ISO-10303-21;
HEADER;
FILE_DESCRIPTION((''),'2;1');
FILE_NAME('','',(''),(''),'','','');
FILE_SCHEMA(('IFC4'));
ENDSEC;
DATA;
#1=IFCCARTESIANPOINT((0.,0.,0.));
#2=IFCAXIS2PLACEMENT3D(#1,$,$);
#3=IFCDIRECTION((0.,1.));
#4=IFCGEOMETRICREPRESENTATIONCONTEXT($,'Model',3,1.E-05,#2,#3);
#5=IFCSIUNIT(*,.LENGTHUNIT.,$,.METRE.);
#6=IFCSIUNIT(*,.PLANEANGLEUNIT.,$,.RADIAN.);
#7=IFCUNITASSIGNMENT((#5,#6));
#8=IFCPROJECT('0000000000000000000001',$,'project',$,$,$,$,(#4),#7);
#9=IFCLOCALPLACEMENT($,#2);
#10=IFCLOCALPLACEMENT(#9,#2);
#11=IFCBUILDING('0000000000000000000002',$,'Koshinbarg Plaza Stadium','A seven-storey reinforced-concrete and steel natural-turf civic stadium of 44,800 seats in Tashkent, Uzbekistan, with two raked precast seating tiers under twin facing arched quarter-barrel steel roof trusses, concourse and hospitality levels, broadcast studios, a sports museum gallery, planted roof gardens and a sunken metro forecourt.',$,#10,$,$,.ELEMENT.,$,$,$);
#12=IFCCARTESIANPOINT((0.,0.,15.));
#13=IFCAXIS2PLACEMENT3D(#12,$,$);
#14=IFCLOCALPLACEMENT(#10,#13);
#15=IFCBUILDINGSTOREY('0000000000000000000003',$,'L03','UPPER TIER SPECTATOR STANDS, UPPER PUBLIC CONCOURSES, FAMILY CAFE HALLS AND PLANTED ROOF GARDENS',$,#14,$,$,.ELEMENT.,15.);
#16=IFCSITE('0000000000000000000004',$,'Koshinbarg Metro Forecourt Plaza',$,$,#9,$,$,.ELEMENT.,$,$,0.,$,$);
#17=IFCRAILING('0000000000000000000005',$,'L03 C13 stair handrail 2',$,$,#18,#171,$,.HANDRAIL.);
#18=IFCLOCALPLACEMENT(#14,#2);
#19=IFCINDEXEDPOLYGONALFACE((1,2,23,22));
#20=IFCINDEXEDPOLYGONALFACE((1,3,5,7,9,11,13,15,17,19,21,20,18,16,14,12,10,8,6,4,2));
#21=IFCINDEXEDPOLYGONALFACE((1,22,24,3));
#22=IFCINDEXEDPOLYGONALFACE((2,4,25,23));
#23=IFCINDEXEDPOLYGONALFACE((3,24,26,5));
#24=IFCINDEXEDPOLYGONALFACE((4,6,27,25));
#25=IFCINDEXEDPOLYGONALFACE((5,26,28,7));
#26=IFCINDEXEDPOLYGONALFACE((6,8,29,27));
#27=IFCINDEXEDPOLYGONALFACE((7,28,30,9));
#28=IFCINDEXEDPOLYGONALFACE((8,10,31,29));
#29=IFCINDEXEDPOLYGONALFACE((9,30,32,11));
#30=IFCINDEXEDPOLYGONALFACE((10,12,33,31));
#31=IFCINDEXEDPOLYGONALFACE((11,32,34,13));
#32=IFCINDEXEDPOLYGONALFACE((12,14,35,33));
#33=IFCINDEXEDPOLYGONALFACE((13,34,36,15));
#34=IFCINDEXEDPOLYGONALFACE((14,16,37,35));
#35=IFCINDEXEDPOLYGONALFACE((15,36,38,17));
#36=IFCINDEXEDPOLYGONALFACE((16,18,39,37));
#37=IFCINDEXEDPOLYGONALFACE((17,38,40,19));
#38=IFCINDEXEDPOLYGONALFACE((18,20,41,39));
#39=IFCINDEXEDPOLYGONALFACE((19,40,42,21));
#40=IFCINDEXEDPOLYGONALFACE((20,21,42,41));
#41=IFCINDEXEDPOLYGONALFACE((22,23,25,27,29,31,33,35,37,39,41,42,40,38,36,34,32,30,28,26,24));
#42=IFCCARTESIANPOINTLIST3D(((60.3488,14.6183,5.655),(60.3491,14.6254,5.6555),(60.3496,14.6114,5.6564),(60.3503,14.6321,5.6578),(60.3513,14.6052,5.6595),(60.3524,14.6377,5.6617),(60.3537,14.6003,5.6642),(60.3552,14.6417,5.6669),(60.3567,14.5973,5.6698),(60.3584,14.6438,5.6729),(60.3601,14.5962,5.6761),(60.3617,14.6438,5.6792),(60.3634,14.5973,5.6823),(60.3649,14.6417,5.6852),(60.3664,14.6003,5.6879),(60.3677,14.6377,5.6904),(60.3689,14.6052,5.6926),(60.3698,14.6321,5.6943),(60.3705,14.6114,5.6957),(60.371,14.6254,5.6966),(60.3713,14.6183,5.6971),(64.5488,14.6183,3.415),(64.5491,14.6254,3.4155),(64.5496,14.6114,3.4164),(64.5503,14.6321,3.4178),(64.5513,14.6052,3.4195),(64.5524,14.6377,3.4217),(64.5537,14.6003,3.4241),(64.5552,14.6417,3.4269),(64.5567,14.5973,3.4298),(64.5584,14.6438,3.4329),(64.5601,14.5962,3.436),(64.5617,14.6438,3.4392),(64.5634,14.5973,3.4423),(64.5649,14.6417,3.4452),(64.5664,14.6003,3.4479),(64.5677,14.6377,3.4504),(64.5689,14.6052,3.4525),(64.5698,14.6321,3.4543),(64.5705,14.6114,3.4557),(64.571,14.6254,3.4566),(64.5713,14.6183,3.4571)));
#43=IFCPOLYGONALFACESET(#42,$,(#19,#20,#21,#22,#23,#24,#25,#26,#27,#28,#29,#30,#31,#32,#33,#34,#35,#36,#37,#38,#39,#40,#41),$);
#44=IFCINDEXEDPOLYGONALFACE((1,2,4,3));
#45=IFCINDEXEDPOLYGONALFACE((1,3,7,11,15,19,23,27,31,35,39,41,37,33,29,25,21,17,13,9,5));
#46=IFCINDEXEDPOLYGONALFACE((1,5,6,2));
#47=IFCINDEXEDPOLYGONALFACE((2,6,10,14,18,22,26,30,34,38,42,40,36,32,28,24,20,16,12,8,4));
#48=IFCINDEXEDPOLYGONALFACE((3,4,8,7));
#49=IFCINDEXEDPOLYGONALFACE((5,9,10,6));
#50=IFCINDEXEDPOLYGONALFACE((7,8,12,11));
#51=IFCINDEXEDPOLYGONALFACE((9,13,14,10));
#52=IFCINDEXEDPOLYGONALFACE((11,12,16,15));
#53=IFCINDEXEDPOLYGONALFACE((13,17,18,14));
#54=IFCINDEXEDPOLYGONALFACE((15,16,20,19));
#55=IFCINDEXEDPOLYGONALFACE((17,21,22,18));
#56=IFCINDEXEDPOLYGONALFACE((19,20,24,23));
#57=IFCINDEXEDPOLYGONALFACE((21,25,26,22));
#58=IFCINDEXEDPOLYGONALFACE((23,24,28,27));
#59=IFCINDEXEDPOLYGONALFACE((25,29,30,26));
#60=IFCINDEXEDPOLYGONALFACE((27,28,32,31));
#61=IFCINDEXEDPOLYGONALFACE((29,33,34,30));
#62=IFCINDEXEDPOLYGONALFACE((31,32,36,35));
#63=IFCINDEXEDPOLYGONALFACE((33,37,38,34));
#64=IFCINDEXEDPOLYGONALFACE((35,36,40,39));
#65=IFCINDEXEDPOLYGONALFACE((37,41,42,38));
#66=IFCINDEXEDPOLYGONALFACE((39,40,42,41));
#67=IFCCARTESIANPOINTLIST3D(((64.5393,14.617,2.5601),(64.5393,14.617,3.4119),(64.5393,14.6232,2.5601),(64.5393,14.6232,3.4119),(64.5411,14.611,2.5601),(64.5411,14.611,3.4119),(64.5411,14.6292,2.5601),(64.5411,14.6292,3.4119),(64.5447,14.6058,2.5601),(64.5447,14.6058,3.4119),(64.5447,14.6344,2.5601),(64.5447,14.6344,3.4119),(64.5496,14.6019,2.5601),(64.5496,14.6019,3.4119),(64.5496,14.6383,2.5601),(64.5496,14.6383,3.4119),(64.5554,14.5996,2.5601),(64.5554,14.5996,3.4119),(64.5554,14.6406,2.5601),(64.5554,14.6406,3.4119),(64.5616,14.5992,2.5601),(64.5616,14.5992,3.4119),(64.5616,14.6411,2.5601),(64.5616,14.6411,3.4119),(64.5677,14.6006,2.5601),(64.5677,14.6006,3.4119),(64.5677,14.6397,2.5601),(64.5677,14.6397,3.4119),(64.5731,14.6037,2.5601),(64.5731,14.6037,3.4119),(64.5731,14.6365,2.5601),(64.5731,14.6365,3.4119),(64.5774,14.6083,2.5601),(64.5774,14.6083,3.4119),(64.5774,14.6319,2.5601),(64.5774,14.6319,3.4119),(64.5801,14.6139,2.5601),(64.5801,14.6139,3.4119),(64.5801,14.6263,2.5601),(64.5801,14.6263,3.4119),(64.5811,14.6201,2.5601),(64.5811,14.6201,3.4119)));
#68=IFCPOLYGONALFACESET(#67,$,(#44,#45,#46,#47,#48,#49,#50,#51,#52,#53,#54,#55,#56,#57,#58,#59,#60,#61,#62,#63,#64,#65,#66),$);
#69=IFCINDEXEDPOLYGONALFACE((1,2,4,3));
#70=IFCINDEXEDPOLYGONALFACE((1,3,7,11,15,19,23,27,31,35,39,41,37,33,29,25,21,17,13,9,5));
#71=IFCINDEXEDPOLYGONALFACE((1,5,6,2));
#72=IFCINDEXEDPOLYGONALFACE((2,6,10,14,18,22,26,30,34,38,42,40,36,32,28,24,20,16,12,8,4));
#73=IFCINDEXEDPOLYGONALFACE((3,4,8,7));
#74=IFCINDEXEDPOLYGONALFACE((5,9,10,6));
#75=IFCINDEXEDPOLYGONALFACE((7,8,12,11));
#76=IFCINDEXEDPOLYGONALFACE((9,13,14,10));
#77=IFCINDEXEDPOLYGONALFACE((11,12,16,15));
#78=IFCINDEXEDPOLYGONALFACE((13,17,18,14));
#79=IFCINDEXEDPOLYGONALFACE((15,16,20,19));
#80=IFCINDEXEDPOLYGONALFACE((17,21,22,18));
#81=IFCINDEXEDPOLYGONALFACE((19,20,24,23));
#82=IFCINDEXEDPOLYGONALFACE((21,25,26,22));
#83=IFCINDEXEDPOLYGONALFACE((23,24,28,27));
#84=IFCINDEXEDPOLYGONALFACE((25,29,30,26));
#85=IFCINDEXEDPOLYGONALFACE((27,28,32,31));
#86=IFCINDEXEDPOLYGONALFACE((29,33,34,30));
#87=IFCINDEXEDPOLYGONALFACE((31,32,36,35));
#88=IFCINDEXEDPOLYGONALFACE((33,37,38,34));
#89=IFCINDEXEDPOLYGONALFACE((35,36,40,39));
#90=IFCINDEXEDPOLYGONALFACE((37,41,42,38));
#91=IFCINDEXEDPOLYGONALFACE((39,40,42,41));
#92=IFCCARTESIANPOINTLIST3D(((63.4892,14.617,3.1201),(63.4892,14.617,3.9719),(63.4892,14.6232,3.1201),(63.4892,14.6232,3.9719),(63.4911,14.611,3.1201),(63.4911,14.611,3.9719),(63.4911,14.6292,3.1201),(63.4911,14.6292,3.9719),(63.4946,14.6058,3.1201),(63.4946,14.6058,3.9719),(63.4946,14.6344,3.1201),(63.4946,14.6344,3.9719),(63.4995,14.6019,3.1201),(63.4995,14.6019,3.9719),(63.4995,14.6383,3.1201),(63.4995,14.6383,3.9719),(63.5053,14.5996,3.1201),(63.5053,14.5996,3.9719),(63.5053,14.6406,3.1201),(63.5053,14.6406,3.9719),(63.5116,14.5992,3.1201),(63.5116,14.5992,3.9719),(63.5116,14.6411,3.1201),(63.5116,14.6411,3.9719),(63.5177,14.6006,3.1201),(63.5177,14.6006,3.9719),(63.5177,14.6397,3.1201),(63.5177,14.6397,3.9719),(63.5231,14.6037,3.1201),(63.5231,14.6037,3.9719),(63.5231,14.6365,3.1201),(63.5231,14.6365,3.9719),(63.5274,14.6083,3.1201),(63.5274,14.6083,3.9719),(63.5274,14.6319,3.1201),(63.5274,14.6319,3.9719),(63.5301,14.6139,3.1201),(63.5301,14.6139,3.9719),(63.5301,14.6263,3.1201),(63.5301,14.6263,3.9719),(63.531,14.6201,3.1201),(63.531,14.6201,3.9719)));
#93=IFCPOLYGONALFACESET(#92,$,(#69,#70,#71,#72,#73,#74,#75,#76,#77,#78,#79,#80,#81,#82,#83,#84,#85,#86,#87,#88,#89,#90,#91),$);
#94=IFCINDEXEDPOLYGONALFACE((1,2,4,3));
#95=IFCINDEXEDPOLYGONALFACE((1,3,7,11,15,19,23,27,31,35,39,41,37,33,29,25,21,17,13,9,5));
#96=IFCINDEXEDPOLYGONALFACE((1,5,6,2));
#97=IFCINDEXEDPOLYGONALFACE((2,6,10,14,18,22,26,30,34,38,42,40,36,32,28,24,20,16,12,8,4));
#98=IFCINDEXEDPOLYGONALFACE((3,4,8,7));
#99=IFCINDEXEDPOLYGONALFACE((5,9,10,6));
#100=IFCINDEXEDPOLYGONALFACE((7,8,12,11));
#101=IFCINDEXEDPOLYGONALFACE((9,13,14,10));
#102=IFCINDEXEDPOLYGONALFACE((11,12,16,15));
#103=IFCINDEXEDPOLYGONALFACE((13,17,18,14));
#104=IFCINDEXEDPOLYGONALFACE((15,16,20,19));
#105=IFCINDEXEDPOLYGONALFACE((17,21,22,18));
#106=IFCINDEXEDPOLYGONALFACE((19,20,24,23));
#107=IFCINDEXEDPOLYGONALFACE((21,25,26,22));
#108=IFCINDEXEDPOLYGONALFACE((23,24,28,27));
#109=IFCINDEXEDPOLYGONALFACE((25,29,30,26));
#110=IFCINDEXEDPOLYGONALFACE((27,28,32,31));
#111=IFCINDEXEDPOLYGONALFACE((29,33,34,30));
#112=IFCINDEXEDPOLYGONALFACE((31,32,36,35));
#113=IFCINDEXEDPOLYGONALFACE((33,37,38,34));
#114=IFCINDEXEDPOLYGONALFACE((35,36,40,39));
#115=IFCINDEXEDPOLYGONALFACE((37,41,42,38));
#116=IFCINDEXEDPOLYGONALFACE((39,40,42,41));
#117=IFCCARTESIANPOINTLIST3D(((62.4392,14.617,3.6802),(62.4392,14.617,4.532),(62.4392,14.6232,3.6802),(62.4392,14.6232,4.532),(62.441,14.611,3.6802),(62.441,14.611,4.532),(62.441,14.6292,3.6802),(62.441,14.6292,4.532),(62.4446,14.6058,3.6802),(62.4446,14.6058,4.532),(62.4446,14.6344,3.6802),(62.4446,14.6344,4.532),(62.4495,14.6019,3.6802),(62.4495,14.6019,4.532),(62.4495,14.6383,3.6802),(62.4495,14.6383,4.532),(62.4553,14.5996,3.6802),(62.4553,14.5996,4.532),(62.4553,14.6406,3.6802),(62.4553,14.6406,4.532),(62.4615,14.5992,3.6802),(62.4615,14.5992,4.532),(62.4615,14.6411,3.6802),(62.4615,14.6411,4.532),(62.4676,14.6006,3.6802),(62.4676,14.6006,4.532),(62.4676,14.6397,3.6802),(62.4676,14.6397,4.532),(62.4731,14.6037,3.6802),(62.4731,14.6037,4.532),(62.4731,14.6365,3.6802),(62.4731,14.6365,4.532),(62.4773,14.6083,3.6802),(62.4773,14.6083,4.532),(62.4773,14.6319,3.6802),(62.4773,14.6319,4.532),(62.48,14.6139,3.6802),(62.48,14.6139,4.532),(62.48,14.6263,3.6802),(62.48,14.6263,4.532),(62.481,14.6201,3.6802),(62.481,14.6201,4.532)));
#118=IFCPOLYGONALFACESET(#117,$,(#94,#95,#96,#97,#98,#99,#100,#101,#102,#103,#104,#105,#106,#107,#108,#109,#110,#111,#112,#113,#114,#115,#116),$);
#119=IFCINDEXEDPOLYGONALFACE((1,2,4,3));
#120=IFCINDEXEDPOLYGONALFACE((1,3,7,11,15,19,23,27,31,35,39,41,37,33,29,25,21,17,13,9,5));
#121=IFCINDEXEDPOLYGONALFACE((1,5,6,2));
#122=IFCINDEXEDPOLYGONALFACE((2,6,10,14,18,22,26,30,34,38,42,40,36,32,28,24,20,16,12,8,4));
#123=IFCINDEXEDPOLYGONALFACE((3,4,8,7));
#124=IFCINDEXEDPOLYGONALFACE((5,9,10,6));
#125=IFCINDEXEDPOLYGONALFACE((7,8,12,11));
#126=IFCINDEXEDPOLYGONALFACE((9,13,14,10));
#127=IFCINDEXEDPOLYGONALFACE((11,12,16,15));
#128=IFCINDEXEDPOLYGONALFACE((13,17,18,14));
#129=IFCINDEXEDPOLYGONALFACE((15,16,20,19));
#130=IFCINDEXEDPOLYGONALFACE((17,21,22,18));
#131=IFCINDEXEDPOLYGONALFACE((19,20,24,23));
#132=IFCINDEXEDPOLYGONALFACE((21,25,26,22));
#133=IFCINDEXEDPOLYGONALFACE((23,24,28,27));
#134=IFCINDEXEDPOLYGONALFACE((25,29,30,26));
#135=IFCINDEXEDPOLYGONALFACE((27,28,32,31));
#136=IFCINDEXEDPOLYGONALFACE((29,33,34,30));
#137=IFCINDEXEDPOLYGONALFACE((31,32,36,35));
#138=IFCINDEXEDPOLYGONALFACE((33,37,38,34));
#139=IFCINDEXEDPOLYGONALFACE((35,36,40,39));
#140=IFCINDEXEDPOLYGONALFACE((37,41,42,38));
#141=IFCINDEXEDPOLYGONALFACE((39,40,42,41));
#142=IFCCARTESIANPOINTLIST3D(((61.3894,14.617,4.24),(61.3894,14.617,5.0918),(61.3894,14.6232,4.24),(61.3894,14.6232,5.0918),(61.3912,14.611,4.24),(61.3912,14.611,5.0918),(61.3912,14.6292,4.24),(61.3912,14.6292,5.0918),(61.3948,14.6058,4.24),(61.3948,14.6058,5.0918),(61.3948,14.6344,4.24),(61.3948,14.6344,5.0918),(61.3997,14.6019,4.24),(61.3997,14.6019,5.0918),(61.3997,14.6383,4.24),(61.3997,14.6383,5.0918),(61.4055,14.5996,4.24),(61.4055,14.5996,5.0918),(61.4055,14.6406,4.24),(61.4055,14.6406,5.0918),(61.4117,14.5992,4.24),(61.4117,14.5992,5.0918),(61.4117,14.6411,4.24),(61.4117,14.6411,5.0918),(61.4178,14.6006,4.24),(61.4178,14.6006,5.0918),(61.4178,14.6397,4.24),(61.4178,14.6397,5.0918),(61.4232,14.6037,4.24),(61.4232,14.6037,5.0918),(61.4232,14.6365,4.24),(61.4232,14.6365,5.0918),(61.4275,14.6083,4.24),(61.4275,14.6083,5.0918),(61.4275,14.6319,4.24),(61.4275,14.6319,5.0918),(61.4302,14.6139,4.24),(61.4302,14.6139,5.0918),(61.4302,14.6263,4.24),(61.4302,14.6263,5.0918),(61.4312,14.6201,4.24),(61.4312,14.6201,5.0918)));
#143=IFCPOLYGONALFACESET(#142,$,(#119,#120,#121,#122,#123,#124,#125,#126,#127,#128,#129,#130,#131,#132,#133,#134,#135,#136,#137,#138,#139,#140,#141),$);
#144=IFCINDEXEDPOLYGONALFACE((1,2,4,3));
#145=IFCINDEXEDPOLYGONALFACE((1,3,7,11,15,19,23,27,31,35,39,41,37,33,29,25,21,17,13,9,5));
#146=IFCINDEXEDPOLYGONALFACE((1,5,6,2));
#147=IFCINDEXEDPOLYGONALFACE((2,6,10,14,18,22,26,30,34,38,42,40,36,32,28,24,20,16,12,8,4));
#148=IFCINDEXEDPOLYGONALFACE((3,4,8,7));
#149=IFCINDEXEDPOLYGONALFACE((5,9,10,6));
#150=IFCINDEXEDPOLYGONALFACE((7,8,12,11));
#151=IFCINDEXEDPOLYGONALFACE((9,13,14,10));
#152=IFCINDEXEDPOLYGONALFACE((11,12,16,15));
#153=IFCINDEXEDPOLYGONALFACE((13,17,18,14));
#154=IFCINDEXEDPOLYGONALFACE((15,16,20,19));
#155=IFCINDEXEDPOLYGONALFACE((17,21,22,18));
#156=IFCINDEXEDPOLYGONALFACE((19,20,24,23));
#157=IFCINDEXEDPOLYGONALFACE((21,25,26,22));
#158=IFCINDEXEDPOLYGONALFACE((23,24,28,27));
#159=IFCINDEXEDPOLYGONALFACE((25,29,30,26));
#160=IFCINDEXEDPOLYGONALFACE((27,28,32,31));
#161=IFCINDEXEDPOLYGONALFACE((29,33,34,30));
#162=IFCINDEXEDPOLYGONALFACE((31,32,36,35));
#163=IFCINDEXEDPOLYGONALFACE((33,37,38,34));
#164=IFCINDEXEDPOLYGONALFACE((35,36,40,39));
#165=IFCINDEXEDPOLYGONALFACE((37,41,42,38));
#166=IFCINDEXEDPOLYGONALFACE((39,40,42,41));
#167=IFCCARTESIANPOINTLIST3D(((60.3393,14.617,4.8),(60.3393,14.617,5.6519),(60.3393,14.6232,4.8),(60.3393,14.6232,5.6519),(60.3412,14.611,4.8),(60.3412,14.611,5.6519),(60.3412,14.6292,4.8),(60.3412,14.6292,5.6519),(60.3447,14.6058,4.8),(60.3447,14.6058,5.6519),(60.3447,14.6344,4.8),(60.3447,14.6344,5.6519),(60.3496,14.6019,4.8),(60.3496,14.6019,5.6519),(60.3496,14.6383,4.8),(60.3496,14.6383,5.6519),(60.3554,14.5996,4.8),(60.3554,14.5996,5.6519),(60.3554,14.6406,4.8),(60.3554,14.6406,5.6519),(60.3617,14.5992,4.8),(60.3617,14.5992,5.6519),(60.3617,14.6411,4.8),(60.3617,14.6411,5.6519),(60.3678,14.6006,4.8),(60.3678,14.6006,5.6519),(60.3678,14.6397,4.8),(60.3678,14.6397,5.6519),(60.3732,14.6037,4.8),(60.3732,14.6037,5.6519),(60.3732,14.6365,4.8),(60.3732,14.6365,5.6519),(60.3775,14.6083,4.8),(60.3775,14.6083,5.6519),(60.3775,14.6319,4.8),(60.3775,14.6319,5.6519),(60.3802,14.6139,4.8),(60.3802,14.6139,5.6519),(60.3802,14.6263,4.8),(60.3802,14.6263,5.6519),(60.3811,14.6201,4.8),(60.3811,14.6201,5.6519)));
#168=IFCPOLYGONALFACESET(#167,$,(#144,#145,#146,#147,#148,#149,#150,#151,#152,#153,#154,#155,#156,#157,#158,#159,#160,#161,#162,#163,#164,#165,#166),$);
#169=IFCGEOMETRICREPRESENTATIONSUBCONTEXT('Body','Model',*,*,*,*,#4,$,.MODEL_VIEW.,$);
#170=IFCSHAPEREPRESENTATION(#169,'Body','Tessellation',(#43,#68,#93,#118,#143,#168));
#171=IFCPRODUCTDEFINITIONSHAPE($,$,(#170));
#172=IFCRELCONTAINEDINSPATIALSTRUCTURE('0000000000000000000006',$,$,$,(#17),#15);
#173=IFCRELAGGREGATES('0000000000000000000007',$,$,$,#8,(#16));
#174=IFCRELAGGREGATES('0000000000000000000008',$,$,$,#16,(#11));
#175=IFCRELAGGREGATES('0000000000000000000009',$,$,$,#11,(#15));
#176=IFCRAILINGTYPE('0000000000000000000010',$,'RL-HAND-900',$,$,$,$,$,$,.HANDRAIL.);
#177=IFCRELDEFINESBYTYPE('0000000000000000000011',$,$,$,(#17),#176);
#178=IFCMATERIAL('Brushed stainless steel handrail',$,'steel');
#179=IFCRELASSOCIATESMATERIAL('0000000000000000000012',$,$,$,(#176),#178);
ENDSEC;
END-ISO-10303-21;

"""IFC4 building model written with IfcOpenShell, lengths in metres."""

from ifc_helpers import new_model, si_unit, direction, frame, origin, origin_2d, place, context, subcontext, project, spatial, circle, extrude, material, type_object, element, save


model = new_model("IFC4")

# Units and contexts
model_context = context("Model", 3, precision=1e-05, world=origin(), true_north=direction((0.0, 1.0)))
body_context = subcontext(model_context, "Body", "Model", "MODEL_VIEW")
ifc_project = project(units=[si_unit("LENGTHUNIT", "METRE"), si_unit("PLANEANGLEUNIT", "RADIAN")], contexts=[model_context])

# Site, building, storey
site_placement = place(None, origin())
site = spatial("IfcSite", under=ifc_project, at=site_placement, Name="Koshinbarg Metro Forecourt Plaza", CompositionType="ELEMENT", RefElevation=0.0)
building_placement = place(site_placement, origin())
building = spatial("IfcBuilding", under=site, at=building_placement, Name="Koshinbarg Plaza Stadium", Description="A seven-storey reinforced-concrete and steel natural-turf civic stadium of 44,800 seats in Tashkent, Uzbekistan, with two raked precast seating tiers under twin facing arched quarter-barrel steel roof trusses, concourse and hospitality levels, broadcast studios, a sports museum gallery, planted roof gardens and a sunken metro forecourt.", CompositionType="ELEMENT")
storey_placement = place(building_placement, frame((0.0, 0.0, 15.0)))
storey = spatial("IfcBuildingStorey", under=building, at=storey_placement, Name="L03", Description="UPPER TIER SPECTATOR STANDS, UPPER PUBLIC CONCOURSES, FAMILY CAFE HALLS AND PLANTED ROOF GARDENS", CompositionType="ELEMENT", Elevation=15.0)

# Railing
ifc_material_1 = material(Name="Brushed stainless steel handrail", Category="steel")
railing_type_1 = type_object("IfcRailingType", Name="RL-HAND-900", PredefinedType="HANDRAIL", material=ifc_material_1)
railing_1_placement = place(storey_placement, frame((64.5601, 14.6201, 2.5601)))
element("IfcRailing", 1, at=railing_1_placement, inside=storey, type_object=railing_type_1, Name="L03 C13 stair handrail 2", PredefinedType="HANDRAIL", context=body_context, shape_type="SweptSolid", body=[
    extrude(circle(Radius=0.0239, at=origin_2d()), frame((0.0, 0.0, 0.876), z_axis=(-0.882352, 0.0, 0.470591), x_axis=(0.0, -1.0, 0.0)), (0.0, 0.0, 1.0), 4.76),
    extrude(circle(Radius=0.021, at=origin_2d()), origin(), (0.0, 0.0, 1.0), 0.8518),
    extrude(circle(Radius=0.021, at=origin_2d()), frame((-1.05, 0.0, 0.5601)), (0.0, 0.0, 1.0), 0.8518),
    extrude(circle(Radius=0.021, at=origin_2d()), frame((-2.1001, 0.0, 1.1201)), (0.0, 0.0, 1.0), 0.8518),
    extrude(circle(Radius=0.021, at=origin_2d()), frame((-3.1499, 0.0, 1.6799)), (0.0, 0.0, 1.0), 0.8518),
    extrude(circle(Radius=0.021, at=origin_2d()), frame((-4.2, 0.0, 2.24)), (0.0, 0.0, 1.0), 0.8518),
])

save(model, "model.ifc")
